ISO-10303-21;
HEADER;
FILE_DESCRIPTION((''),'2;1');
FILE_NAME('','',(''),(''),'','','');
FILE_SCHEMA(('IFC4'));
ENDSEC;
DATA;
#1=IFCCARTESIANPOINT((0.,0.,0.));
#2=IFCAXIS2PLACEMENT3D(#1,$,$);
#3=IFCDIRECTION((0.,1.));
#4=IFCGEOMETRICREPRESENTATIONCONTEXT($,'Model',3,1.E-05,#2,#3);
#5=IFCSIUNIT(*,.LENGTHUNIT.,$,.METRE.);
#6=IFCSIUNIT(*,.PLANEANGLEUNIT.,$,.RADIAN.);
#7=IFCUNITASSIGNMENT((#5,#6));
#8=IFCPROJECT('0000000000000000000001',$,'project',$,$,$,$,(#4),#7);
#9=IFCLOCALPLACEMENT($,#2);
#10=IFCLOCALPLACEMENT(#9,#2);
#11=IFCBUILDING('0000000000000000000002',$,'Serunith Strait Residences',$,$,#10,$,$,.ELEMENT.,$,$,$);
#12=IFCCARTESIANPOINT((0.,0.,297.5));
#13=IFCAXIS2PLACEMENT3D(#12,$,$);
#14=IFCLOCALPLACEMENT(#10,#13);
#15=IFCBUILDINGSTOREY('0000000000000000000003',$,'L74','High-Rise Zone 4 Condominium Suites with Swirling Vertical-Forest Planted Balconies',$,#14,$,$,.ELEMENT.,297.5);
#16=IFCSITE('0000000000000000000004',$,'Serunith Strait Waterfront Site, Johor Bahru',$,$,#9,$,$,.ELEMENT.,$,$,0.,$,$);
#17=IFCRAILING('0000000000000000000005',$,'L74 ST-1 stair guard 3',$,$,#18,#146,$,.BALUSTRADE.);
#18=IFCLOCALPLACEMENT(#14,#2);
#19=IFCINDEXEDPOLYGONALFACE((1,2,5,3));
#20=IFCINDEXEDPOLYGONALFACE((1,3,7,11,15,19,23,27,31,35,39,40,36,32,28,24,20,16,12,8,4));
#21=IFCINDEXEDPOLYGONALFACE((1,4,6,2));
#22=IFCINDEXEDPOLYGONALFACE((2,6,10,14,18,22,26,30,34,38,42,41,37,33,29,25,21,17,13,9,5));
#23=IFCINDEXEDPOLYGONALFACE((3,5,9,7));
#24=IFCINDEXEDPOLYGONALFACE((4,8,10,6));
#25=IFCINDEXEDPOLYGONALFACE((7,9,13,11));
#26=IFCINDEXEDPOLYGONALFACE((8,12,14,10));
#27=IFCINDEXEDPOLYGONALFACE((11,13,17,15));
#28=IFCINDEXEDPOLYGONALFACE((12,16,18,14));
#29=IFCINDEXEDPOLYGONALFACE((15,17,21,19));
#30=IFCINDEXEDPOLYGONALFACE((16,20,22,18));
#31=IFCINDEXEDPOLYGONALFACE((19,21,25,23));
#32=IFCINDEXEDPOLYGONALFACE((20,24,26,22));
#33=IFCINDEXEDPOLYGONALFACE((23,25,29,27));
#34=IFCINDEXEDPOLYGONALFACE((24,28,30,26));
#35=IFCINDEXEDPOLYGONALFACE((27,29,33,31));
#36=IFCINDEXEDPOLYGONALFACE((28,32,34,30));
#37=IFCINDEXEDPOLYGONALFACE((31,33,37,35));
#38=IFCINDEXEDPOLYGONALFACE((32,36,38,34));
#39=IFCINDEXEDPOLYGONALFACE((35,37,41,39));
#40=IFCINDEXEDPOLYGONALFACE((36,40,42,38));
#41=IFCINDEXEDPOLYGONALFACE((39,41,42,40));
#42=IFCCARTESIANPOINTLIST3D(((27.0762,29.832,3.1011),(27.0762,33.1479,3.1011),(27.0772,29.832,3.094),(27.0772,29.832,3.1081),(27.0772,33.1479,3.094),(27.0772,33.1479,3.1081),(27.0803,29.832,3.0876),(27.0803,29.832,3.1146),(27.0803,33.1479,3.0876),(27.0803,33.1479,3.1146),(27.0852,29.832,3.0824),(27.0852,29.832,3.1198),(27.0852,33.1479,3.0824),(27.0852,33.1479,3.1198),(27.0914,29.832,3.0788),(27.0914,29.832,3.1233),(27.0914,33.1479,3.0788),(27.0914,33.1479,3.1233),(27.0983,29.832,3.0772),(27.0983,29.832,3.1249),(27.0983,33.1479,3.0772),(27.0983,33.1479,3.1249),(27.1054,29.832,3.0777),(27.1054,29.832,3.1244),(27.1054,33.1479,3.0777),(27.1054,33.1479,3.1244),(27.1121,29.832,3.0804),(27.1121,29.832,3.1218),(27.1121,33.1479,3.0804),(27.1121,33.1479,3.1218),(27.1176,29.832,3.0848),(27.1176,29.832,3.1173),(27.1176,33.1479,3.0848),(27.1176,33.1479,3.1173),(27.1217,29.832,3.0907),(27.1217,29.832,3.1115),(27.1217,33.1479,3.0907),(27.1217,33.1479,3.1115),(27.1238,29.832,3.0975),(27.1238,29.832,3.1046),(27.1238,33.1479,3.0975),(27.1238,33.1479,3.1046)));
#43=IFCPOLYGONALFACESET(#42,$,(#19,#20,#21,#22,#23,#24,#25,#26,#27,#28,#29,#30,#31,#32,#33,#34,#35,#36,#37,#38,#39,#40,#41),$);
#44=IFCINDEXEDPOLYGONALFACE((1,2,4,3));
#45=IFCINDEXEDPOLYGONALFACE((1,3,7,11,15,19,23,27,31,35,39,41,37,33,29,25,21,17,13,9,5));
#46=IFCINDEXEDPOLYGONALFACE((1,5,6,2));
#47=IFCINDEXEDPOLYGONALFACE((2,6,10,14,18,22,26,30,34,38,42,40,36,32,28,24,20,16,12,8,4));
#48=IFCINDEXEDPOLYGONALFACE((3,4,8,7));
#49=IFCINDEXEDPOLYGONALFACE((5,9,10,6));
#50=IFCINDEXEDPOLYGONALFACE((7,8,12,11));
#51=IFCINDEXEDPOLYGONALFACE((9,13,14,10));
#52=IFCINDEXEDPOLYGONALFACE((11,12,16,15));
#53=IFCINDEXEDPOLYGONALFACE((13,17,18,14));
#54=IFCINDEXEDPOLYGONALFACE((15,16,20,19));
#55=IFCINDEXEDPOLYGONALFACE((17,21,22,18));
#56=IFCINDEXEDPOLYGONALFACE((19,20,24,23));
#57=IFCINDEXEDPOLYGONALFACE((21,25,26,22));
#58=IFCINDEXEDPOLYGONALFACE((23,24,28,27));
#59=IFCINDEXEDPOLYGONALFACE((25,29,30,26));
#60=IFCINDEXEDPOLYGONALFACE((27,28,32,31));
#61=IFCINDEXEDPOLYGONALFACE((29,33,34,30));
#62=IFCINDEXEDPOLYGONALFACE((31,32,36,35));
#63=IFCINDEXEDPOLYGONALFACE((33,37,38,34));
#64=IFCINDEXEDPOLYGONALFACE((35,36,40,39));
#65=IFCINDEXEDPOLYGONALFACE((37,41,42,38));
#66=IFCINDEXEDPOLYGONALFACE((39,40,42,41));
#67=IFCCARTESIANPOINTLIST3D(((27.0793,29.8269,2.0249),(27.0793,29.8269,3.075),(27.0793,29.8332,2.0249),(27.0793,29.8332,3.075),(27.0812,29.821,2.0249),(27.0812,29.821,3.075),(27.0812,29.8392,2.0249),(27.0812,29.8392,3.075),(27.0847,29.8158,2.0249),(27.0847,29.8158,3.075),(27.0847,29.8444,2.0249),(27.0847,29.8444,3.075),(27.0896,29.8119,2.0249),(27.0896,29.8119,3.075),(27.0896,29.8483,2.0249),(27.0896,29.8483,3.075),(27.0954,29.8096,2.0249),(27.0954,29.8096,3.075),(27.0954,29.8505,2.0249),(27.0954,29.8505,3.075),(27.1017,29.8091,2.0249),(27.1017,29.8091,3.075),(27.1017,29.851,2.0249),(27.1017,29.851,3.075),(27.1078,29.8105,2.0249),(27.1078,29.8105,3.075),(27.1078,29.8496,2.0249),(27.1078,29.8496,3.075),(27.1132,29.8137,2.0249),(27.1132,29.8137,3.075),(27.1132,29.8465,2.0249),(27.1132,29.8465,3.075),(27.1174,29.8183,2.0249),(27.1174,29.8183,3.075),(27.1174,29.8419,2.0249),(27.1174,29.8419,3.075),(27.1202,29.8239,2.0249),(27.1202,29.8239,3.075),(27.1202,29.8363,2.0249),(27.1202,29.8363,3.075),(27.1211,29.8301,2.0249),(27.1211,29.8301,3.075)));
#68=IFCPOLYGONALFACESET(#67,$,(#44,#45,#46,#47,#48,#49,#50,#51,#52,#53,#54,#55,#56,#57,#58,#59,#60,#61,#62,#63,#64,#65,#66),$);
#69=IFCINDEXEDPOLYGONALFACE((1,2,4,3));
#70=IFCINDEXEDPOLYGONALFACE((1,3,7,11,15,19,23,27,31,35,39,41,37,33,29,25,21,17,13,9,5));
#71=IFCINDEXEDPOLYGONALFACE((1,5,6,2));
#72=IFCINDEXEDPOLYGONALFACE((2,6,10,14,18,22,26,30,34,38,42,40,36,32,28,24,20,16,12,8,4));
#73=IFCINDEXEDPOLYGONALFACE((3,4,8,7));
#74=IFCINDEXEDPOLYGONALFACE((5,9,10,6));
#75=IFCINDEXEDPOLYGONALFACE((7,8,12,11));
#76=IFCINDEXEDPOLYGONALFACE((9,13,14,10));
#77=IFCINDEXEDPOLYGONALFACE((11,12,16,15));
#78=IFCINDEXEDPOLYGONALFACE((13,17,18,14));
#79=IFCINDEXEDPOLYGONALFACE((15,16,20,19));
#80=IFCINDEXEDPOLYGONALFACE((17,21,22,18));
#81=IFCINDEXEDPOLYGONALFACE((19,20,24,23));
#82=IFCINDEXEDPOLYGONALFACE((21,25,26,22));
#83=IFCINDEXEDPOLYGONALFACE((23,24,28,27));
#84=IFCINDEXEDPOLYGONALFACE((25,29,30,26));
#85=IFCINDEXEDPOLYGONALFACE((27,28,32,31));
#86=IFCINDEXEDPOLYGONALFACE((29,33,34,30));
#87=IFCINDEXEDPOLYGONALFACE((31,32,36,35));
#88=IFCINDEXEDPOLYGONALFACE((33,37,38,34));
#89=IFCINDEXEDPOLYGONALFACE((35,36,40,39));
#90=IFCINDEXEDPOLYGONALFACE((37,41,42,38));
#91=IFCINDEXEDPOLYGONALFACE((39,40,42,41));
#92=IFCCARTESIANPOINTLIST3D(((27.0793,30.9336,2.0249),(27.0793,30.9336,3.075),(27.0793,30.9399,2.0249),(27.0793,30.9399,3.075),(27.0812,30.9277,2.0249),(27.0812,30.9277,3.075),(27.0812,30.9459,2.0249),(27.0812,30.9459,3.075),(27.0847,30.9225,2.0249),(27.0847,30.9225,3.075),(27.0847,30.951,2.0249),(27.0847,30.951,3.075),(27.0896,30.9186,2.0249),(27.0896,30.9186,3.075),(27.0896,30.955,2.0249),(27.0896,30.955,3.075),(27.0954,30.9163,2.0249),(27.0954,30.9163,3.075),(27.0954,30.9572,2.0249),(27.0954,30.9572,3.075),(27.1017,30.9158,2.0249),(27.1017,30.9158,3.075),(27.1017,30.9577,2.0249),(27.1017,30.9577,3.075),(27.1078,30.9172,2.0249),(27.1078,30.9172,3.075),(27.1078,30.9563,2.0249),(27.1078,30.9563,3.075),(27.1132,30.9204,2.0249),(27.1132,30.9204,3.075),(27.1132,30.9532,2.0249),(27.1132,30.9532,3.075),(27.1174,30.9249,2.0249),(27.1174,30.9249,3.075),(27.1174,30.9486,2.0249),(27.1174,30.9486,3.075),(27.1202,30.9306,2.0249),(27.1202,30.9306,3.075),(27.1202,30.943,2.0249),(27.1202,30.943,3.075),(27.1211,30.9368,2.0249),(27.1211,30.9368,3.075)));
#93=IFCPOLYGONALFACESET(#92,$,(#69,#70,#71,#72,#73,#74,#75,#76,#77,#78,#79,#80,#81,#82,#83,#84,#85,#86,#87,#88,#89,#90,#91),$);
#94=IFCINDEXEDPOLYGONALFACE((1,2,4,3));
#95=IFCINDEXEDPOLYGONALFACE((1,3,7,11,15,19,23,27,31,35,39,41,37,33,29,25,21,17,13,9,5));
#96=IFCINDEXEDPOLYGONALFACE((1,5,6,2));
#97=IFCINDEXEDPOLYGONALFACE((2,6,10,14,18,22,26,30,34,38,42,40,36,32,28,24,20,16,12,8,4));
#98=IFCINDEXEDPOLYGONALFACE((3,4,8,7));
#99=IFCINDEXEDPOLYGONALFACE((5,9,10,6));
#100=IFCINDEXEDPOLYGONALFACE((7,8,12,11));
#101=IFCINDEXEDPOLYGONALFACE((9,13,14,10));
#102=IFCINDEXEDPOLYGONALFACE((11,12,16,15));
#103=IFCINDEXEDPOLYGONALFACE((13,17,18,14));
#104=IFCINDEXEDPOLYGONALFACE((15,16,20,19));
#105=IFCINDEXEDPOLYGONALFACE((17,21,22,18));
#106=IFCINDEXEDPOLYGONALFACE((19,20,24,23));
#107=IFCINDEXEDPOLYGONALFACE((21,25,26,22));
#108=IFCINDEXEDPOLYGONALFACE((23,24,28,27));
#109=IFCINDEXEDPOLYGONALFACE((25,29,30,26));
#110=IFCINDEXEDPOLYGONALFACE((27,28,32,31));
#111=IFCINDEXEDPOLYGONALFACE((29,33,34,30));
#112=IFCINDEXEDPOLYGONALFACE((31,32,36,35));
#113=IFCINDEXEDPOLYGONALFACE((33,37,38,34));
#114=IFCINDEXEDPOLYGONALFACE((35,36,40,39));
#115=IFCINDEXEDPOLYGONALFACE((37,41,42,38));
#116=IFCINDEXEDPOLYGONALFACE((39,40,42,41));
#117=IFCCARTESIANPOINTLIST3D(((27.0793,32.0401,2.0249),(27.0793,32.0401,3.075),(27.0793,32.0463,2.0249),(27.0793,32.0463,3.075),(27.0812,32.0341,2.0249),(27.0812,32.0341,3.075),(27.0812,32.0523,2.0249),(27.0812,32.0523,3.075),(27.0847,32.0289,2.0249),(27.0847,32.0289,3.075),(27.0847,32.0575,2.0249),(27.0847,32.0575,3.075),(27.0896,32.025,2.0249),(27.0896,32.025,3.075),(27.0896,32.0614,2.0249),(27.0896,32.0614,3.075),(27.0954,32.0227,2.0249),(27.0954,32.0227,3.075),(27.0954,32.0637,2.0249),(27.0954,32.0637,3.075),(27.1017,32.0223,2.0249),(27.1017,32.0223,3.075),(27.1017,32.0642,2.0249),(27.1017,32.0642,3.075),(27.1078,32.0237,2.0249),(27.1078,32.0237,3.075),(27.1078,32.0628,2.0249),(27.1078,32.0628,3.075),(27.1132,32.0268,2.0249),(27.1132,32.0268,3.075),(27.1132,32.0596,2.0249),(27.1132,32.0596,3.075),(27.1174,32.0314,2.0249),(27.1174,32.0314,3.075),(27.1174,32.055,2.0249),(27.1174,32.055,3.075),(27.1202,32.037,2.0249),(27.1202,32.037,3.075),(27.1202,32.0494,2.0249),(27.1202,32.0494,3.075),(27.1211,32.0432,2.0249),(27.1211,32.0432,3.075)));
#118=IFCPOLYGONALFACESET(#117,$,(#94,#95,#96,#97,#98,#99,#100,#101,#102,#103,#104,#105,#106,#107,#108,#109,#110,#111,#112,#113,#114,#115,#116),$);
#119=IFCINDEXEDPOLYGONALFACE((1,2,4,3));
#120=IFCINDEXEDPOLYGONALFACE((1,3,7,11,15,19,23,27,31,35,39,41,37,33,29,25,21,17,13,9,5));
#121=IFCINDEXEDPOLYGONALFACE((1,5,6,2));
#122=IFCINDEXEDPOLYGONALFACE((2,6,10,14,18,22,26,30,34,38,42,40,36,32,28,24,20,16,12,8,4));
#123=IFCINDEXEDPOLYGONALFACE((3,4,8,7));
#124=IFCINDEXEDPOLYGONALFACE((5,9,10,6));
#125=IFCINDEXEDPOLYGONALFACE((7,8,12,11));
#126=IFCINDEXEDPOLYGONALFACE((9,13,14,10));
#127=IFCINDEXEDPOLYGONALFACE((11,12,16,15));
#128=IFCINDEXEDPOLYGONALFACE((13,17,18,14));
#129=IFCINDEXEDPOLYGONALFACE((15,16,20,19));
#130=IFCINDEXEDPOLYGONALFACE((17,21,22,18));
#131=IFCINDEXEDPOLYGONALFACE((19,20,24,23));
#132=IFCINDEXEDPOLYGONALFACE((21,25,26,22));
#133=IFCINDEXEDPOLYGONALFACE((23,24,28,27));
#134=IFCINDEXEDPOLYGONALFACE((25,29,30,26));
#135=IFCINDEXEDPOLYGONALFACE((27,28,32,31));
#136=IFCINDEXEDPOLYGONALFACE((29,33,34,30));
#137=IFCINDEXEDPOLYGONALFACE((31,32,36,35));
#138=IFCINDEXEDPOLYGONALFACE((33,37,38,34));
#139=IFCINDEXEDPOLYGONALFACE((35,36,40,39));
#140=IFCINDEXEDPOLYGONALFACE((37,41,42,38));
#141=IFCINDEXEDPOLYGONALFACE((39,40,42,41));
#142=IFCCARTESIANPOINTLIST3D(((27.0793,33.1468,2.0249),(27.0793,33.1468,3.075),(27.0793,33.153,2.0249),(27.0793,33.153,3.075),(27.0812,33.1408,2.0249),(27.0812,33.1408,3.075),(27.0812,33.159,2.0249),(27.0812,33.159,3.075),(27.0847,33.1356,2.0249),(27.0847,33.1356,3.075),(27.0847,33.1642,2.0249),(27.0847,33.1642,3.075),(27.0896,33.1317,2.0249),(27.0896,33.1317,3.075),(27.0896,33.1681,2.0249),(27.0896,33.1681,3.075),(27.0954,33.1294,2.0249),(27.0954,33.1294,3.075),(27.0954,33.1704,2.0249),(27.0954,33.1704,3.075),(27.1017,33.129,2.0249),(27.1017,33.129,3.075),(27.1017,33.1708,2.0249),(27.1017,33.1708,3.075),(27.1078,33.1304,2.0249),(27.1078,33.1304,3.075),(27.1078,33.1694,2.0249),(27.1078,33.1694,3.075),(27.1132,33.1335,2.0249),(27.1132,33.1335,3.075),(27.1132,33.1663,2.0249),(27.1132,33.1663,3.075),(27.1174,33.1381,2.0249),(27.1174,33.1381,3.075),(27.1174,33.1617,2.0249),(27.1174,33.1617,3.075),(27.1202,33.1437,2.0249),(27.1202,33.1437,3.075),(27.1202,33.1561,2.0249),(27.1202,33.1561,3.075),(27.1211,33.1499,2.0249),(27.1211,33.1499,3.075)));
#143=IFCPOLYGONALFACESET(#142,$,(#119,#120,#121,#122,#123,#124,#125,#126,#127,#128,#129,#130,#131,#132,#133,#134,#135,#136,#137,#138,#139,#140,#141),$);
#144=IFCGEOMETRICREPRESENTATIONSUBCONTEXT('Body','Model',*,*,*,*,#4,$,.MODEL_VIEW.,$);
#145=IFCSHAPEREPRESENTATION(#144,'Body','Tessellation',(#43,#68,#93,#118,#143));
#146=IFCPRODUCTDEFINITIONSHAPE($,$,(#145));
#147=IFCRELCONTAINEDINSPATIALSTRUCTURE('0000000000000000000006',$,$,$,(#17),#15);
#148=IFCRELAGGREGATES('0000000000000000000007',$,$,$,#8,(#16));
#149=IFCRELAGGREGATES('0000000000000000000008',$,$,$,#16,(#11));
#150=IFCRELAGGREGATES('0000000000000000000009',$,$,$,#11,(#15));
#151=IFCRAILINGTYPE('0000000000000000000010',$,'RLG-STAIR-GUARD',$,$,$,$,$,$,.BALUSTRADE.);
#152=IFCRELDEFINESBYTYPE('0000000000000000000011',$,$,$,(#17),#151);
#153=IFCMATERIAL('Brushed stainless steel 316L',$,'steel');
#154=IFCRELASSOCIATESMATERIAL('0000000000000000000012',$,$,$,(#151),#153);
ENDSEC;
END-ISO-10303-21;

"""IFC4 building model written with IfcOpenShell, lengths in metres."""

from ifc_helpers import new_model, si_unit, direction, frame, origin, origin_2d, place, context, subcontext, project, spatial, circle, extrude, material, type_object, element, save


model = new_model("IFC4")

# Units and contexts
model_context = context("Model", 3, precision=1e-05, world=origin(), true_north=direction((0.0, 1.0)))
body_context = subcontext(model_context, "Body", "Model", "MODEL_VIEW")
ifc_project = project(units=[si_unit("LENGTHUNIT", "METRE"), si_unit("PLANEANGLEUNIT", "RADIAN")], contexts=[model_context])

# Site, building, storey
site_placement = place(None, origin())
site = spatial("IfcSite", under=ifc_project, at=site_placement, Name="Serunith Strait Waterfront Site, Johor Bahru", CompositionType="ELEMENT", RefElevation=0.0)
building_placement = place(site_placement, origin())
building = spatial("IfcBuilding", under=site, at=building_placement, Name="Serunith Strait Residences", CompositionType="ELEMENT")
storey_placement = place(building_placement, frame((0.0, 0.0, 297.5)))
storey = spatial("IfcBuildingStorey", under=building, at=storey_placement, Name="L74", Description="High-Rise Zone 4 Condominium Suites with Swirling Vertical-Forest Planted Balconies", CompositionType="ELEMENT", Elevation=297.5)

# Railing
ifc_material_1 = material(Name="Brushed stainless steel 316L", Category="steel")
railing_type_1 = type_object("IfcRailingType", Name="RLG-STAIR-GUARD", PredefinedType="BALUSTRADE", material=ifc_material_1)
for number, where, name in (
    (1, (27.1001, 29.8301, 2.0249), "L74 ST-1 stair guard 3"),
):
    element("IfcRailing", number, at=place(storey_placement, frame(where)), inside=storey, type_object=railing_type_1, Name=name, PredefinedType="BALUSTRADE", context=body_context, shape_type="SweptSolid", body=[
        extrude(circle(Radius=0.0239, at=origin_2d()), frame((0.0, 0.002, 1.0762), z_axis=(0.0, 1.0, 0.0), x_axis=(-1.0, 0.0, 0.0)), (0.0, 0.0, 1.0), 3.3159),
        extrude(circle(Radius=0.021, at=origin_2d()), origin(), (0.0, 0.0, 1.0), 1.05),
        extrude(circle(Radius=0.021, at=origin_2d()), frame((0.0, 1.1067, 0.0)), (0.0, 0.0, 1.0), 1.05),
        extrude(circle(Radius=0.021, at=origin_2d()), frame((0.0, 2.2131, 0.0)), (0.0, 0.0, 1.0), 1.05),
        extrude(circle(Radius=0.021, at=origin_2d()), frame((0.0, 3.3198, 0.0)), (0.0, 0.0, 1.0), 1.05),
    ])

save(model, "model.ifc")
